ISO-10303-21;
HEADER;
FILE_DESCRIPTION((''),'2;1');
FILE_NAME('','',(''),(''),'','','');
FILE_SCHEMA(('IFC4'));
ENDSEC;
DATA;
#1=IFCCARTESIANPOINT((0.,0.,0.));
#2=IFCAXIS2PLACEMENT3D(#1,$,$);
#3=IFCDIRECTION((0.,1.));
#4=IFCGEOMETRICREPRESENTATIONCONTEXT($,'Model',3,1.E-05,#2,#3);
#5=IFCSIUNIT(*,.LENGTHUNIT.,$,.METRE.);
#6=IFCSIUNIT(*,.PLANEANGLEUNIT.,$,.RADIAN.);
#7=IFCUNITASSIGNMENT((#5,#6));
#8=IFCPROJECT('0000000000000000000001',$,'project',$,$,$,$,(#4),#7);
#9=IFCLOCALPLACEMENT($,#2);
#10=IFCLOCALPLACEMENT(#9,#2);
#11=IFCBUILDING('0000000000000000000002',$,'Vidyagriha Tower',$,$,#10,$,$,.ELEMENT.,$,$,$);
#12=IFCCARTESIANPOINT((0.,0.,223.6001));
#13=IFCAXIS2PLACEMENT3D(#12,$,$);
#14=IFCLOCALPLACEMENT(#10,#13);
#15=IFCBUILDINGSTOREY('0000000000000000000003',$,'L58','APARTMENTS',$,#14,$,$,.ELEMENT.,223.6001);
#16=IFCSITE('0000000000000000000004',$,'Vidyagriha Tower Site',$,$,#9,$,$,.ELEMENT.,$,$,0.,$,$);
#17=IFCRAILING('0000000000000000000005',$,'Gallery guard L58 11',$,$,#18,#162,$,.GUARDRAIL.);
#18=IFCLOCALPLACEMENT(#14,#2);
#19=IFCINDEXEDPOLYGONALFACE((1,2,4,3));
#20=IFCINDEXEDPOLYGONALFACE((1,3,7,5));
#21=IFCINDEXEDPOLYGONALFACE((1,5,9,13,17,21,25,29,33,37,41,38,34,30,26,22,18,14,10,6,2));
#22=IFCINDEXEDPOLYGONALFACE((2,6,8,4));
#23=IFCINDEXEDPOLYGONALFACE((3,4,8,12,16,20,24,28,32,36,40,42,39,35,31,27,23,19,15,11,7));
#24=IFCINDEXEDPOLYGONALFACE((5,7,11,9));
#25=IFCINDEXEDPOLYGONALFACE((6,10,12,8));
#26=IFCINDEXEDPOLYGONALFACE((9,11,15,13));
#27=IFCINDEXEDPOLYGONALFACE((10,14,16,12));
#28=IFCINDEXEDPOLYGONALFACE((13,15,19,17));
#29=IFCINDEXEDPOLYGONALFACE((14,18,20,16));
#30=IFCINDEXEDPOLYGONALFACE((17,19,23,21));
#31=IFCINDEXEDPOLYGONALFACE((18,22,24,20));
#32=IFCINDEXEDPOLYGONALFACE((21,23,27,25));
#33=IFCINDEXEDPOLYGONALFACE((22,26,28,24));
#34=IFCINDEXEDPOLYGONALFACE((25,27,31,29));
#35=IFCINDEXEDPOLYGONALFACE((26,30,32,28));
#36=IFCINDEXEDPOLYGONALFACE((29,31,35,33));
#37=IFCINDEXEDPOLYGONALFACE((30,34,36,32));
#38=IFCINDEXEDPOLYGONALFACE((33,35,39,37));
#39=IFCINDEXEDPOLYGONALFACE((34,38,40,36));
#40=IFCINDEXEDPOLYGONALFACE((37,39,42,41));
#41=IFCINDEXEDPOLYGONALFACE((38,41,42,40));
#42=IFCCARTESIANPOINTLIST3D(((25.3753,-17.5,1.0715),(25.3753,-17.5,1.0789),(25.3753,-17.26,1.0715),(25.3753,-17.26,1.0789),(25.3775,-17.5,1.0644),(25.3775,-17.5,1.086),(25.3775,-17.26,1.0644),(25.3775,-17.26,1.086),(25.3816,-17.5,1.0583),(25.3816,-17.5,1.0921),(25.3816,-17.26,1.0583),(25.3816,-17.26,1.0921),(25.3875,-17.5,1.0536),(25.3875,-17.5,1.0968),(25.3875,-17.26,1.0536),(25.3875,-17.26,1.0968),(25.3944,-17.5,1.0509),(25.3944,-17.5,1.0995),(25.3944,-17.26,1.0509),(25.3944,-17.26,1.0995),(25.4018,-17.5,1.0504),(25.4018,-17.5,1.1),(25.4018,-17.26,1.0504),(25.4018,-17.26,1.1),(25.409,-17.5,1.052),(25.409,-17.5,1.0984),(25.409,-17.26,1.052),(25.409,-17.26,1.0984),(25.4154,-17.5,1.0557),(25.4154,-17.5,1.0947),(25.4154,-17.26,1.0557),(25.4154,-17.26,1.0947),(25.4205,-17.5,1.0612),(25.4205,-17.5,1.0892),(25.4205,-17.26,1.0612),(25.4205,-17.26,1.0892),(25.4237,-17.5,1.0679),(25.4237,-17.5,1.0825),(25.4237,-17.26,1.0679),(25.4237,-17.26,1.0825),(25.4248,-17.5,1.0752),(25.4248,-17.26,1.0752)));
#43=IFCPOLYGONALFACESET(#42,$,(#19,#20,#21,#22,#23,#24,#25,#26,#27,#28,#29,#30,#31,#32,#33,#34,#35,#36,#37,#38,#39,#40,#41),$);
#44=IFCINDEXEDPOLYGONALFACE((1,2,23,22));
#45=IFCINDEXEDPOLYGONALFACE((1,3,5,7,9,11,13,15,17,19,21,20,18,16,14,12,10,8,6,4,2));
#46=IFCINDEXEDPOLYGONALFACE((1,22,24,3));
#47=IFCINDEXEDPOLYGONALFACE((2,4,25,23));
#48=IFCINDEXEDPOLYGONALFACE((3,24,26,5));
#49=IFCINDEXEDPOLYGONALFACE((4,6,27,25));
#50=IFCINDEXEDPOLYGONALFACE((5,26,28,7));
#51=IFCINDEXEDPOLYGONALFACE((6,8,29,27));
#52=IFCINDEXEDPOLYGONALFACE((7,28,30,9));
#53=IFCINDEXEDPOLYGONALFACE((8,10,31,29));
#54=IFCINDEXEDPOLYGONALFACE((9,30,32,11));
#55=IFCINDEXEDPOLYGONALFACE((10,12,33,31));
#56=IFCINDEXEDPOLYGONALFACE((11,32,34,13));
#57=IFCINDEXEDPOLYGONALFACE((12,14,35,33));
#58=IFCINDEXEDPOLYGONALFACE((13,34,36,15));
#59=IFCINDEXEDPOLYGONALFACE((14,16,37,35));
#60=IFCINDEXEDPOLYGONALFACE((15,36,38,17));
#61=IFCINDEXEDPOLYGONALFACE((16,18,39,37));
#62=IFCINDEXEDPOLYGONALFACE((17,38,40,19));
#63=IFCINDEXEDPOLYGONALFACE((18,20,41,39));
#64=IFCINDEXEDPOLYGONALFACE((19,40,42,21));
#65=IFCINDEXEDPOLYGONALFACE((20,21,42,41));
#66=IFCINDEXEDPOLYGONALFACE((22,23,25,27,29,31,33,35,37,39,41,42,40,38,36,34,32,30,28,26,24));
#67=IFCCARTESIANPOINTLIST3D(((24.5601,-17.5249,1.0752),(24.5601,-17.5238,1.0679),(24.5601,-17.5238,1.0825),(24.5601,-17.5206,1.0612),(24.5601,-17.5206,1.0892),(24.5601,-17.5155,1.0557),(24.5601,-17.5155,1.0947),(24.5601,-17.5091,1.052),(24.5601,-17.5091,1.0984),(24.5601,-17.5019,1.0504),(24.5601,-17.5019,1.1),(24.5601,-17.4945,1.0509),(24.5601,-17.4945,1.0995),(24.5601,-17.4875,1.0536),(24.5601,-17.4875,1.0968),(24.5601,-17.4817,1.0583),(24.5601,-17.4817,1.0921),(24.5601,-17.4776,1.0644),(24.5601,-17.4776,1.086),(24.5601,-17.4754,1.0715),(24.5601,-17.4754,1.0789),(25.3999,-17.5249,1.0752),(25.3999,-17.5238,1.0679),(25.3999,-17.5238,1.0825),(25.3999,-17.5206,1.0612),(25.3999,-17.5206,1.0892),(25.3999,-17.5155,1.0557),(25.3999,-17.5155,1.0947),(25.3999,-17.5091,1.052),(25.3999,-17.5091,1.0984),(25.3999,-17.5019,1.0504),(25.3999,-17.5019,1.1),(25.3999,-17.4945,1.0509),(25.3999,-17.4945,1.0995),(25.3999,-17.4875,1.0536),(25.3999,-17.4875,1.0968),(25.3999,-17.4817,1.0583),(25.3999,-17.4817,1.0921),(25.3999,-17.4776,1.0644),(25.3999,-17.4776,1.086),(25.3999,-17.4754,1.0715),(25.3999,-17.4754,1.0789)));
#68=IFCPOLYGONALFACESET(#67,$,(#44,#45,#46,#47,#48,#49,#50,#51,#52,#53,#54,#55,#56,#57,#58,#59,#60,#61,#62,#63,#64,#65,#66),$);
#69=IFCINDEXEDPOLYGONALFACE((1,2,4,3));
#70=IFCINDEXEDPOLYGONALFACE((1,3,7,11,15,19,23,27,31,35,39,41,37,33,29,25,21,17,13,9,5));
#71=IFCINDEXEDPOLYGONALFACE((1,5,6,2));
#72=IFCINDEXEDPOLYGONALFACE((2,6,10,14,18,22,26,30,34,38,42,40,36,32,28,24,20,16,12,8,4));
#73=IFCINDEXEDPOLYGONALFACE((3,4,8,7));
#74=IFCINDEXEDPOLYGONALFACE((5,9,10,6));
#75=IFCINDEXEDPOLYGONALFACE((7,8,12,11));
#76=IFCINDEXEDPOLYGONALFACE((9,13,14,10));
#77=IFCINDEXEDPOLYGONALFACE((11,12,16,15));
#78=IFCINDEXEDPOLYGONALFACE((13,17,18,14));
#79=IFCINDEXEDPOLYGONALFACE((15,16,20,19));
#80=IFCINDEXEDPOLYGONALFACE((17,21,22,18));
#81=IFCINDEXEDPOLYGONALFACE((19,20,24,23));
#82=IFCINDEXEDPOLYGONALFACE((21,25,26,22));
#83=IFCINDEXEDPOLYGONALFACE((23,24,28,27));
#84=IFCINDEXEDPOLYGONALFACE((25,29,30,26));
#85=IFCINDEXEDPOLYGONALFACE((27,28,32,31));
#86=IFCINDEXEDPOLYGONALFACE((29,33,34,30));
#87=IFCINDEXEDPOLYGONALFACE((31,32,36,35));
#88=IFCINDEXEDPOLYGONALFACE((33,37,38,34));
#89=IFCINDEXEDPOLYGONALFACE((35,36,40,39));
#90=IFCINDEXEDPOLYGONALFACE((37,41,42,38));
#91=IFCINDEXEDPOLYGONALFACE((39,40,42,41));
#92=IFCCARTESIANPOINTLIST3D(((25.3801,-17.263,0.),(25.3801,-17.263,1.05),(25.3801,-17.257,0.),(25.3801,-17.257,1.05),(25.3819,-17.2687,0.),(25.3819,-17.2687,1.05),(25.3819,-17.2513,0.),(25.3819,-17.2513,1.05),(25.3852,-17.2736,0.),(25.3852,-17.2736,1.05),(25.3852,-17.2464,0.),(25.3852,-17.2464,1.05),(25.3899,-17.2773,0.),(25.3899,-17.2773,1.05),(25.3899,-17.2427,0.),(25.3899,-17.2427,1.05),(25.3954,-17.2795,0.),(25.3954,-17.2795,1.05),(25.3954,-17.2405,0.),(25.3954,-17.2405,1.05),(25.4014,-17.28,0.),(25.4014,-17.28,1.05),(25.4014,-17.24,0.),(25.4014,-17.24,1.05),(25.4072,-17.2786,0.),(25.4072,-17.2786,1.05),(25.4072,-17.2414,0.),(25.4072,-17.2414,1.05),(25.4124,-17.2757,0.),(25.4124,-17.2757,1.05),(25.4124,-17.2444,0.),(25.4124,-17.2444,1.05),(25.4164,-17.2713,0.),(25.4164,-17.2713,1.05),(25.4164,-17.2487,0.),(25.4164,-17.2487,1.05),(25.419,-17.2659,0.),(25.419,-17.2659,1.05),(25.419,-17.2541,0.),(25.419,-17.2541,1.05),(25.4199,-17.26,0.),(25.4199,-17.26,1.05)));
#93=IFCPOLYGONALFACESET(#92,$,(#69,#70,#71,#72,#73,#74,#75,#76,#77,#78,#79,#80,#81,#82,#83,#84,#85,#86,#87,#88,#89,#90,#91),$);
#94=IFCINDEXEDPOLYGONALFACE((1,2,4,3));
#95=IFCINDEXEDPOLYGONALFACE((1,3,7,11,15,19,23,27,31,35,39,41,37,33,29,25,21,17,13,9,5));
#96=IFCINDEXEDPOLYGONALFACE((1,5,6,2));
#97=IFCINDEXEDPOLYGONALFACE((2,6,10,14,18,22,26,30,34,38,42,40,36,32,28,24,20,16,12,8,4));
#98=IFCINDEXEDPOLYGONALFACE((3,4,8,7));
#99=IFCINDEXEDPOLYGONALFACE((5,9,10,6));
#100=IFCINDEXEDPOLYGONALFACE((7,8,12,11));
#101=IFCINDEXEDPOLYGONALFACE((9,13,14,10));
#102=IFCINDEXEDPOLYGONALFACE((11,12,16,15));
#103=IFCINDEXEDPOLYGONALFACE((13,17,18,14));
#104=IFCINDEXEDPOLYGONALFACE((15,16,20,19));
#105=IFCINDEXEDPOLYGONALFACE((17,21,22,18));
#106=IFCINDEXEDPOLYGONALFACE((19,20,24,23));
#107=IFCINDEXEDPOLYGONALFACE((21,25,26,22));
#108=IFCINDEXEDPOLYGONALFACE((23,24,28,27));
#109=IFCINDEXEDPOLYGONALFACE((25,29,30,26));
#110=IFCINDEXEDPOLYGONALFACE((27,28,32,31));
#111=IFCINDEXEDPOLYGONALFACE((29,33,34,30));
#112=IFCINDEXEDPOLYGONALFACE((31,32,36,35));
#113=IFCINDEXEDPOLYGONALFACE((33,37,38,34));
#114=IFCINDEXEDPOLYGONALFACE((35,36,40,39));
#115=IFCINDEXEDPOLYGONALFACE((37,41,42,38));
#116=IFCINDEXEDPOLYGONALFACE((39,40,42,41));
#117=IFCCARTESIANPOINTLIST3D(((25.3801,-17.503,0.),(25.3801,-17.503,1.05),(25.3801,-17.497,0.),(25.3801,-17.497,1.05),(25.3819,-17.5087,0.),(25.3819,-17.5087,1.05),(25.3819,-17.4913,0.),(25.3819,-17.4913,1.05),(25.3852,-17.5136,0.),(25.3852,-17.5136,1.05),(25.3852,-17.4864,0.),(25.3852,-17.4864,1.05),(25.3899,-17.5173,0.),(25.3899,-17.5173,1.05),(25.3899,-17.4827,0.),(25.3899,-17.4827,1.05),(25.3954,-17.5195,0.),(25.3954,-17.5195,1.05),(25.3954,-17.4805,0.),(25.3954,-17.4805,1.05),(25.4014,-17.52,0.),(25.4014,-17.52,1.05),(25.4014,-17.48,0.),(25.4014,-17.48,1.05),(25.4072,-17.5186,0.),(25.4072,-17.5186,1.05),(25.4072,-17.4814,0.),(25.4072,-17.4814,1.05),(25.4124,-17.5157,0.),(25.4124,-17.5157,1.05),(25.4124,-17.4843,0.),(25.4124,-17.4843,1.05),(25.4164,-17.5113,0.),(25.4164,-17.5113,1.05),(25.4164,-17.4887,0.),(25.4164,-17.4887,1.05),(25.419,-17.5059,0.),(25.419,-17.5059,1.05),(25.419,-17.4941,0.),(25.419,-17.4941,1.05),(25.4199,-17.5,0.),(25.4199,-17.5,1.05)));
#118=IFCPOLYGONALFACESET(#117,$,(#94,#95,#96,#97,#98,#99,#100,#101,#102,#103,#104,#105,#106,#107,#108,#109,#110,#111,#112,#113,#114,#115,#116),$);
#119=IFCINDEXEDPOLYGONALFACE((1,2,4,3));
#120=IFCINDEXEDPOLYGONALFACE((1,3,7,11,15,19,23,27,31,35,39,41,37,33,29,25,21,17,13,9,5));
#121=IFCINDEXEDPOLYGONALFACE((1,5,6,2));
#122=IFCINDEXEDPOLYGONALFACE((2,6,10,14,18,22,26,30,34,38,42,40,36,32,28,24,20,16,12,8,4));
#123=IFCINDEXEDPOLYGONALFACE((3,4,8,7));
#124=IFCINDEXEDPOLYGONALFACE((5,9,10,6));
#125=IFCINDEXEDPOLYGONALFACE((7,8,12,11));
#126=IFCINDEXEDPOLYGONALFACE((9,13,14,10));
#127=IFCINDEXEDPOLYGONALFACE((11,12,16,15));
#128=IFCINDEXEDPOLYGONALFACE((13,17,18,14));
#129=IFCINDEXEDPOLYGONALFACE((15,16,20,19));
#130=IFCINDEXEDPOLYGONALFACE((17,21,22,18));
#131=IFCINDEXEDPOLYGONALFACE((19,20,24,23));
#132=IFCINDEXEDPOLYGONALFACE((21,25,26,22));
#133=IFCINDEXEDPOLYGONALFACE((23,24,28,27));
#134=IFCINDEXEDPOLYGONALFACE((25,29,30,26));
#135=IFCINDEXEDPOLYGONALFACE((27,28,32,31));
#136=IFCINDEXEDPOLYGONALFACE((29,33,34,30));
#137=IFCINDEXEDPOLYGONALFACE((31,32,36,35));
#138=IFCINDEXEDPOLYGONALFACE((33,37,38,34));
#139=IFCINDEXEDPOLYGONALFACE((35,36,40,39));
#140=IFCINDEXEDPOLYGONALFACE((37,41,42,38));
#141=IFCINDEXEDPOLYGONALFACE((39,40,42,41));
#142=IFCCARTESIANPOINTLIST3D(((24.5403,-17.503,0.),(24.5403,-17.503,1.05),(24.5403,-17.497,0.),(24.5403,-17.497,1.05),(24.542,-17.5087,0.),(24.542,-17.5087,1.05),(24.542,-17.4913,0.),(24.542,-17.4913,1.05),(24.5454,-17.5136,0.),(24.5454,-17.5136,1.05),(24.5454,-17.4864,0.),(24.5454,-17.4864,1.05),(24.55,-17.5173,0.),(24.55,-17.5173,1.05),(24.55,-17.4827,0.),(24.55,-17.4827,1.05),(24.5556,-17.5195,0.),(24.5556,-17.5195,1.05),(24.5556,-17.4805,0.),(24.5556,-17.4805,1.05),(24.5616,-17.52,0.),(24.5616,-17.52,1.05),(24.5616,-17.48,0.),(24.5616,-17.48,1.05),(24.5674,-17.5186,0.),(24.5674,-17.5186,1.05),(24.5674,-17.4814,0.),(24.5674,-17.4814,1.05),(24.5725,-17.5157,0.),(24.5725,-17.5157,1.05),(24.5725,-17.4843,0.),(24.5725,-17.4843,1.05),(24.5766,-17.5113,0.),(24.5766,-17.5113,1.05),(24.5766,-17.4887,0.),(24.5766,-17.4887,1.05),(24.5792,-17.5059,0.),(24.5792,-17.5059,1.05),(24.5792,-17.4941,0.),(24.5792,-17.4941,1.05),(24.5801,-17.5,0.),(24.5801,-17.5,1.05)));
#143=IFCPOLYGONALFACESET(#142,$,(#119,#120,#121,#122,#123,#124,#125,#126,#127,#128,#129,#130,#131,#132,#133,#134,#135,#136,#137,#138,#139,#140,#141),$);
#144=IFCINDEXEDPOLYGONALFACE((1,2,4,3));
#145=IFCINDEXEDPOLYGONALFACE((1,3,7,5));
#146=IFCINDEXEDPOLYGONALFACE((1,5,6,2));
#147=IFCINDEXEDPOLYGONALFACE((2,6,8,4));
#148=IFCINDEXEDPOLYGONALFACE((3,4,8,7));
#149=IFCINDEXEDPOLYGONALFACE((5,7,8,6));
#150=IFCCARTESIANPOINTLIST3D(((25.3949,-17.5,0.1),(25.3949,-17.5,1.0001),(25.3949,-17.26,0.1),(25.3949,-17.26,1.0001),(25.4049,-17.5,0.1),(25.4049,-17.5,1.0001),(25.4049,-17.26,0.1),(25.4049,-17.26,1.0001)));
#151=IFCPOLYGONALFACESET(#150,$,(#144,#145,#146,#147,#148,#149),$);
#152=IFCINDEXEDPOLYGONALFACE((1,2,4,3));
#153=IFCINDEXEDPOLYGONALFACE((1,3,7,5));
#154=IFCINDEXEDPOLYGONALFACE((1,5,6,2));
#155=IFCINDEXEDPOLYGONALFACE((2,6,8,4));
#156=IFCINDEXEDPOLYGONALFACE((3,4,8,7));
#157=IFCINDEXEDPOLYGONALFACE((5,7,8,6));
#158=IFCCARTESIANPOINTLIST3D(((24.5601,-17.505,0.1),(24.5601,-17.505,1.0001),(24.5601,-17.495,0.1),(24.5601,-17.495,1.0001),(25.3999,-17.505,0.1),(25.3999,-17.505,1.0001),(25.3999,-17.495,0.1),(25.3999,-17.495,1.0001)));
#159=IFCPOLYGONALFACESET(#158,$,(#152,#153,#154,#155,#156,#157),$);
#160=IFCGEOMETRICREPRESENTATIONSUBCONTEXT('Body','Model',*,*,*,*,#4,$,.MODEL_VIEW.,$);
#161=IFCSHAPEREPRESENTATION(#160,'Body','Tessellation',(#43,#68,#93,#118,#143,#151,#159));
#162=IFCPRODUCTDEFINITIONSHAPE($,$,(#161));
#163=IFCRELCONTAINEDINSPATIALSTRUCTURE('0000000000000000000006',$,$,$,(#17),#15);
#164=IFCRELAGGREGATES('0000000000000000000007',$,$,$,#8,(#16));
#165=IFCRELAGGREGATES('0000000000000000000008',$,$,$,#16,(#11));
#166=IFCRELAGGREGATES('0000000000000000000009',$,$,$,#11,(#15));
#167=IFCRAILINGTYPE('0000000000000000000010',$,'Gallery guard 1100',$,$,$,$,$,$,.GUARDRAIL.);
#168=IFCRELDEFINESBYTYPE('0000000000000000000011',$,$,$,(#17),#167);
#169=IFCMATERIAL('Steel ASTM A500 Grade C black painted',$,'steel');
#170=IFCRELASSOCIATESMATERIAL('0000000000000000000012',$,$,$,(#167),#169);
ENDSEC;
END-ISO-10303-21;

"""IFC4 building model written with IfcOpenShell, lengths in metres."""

from ifc_helpers import new_model, si_unit, direction, frame, origin, origin_2d, place, context, subcontext, project, spatial, rectangle, circle, extrude, material, type_object, element, save


model = new_model("IFC4")

# Units and contexts
model_context = context("Model", 3, precision=1e-05, world=origin(), true_north=direction((0.0, 1.0)))
body_context = subcontext(model_context, "Body", "Model", "MODEL_VIEW")
ifc_project = project(units=[si_unit("LENGTHUNIT", "METRE"), si_unit("PLANEANGLEUNIT", "RADIAN")], contexts=[model_context])

# Site, building, storey
site_placement = place(None, origin())
site = spatial("IfcSite", under=ifc_project, at=site_placement, Name="Vidyagriha Tower Site", CompositionType="ELEMENT", RefElevation=0.0)
building_placement = place(site_placement, origin())
building = spatial("IfcBuilding", under=site, at=building_placement, Name="Vidyagriha Tower", CompositionType="ELEMENT")
storey_placement = place(building_placement, frame((0.0, 0.0, 223.6001)))
storey = spatial("IfcBuildingStorey", under=building, at=storey_placement, Name="L58", Description="APARTMENTS", CompositionType="ELEMENT", Elevation=223.6001)

# Railing
ifc_material_1 = material(Name="Steel ASTM A500 Grade C black painted", Category="steel")
railing_type = type_object("IfcRailingType", Name="Gallery guard 1100", PredefinedType="GUARDRAIL", material=ifc_material_1)
railing_placement = place(storey_placement, frame((25.3999, -17.26, 0.0)))
element("IfcRailing", 1, at=railing_placement, inside=storey, type_object=railing_type, Name="Gallery guard L58 11", PredefinedType="GUARDRAIL", context=body_context, shape_type="SweptSolid", body=[
    extrude(circle(Radius=0.0249, at=origin_2d()), frame((0.0, 0.0, 1.0752), z_axis=(0.0, -1.0, 0.0), x_axis=(1.0, 0.0, 0.0)), (0.0, 0.0, 1.0), 0.24),
    extrude(circle(Radius=0.0249, at=origin_2d()), frame((0.0, -0.24, 1.0752), z_axis=(-1.0, 0.0, 0.0), x_axis=(0.0, -1.0, 0.0)), (0.0, 0.0, 1.0), 0.8398),
    extrude(circle(Radius=0.02, at=origin_2d()), origin(), (0.0, 0.0, 1.0), 1.05),
    extrude(circle(Radius=0.02, at=origin_2d()), frame((0.0, -0.24, 0.0)), (0.0, 0.0, 1.0), 1.05),
    extrude(circle(Radius=0.02, at=origin_2d()), frame((-0.8398, -0.24, 0.0)), (0.0, 0.0, 1.0), 1.05),
    extrude(rectangle(XDim=0.01, YDim=0.9001, at=origin_2d()), frame((0.0, 0.0, 0.55), z_axis=(0.0, -1.0, 0.0), x_axis=(1.0, 0.0, 0.0)), (0.0, 0.0, 1.0), 0.24),
    extrude(rectangle(XDim=0.01, YDim=0.9001, at=origin_2d()), frame((0.0, -0.24, 0.55), z_axis=(-1.0, 0.0, 0.0), x_axis=(0.0, -1.0, 0.0)), (0.0, 0.0, 1.0), 0.8398),
])

save(model, "model.ifc")
